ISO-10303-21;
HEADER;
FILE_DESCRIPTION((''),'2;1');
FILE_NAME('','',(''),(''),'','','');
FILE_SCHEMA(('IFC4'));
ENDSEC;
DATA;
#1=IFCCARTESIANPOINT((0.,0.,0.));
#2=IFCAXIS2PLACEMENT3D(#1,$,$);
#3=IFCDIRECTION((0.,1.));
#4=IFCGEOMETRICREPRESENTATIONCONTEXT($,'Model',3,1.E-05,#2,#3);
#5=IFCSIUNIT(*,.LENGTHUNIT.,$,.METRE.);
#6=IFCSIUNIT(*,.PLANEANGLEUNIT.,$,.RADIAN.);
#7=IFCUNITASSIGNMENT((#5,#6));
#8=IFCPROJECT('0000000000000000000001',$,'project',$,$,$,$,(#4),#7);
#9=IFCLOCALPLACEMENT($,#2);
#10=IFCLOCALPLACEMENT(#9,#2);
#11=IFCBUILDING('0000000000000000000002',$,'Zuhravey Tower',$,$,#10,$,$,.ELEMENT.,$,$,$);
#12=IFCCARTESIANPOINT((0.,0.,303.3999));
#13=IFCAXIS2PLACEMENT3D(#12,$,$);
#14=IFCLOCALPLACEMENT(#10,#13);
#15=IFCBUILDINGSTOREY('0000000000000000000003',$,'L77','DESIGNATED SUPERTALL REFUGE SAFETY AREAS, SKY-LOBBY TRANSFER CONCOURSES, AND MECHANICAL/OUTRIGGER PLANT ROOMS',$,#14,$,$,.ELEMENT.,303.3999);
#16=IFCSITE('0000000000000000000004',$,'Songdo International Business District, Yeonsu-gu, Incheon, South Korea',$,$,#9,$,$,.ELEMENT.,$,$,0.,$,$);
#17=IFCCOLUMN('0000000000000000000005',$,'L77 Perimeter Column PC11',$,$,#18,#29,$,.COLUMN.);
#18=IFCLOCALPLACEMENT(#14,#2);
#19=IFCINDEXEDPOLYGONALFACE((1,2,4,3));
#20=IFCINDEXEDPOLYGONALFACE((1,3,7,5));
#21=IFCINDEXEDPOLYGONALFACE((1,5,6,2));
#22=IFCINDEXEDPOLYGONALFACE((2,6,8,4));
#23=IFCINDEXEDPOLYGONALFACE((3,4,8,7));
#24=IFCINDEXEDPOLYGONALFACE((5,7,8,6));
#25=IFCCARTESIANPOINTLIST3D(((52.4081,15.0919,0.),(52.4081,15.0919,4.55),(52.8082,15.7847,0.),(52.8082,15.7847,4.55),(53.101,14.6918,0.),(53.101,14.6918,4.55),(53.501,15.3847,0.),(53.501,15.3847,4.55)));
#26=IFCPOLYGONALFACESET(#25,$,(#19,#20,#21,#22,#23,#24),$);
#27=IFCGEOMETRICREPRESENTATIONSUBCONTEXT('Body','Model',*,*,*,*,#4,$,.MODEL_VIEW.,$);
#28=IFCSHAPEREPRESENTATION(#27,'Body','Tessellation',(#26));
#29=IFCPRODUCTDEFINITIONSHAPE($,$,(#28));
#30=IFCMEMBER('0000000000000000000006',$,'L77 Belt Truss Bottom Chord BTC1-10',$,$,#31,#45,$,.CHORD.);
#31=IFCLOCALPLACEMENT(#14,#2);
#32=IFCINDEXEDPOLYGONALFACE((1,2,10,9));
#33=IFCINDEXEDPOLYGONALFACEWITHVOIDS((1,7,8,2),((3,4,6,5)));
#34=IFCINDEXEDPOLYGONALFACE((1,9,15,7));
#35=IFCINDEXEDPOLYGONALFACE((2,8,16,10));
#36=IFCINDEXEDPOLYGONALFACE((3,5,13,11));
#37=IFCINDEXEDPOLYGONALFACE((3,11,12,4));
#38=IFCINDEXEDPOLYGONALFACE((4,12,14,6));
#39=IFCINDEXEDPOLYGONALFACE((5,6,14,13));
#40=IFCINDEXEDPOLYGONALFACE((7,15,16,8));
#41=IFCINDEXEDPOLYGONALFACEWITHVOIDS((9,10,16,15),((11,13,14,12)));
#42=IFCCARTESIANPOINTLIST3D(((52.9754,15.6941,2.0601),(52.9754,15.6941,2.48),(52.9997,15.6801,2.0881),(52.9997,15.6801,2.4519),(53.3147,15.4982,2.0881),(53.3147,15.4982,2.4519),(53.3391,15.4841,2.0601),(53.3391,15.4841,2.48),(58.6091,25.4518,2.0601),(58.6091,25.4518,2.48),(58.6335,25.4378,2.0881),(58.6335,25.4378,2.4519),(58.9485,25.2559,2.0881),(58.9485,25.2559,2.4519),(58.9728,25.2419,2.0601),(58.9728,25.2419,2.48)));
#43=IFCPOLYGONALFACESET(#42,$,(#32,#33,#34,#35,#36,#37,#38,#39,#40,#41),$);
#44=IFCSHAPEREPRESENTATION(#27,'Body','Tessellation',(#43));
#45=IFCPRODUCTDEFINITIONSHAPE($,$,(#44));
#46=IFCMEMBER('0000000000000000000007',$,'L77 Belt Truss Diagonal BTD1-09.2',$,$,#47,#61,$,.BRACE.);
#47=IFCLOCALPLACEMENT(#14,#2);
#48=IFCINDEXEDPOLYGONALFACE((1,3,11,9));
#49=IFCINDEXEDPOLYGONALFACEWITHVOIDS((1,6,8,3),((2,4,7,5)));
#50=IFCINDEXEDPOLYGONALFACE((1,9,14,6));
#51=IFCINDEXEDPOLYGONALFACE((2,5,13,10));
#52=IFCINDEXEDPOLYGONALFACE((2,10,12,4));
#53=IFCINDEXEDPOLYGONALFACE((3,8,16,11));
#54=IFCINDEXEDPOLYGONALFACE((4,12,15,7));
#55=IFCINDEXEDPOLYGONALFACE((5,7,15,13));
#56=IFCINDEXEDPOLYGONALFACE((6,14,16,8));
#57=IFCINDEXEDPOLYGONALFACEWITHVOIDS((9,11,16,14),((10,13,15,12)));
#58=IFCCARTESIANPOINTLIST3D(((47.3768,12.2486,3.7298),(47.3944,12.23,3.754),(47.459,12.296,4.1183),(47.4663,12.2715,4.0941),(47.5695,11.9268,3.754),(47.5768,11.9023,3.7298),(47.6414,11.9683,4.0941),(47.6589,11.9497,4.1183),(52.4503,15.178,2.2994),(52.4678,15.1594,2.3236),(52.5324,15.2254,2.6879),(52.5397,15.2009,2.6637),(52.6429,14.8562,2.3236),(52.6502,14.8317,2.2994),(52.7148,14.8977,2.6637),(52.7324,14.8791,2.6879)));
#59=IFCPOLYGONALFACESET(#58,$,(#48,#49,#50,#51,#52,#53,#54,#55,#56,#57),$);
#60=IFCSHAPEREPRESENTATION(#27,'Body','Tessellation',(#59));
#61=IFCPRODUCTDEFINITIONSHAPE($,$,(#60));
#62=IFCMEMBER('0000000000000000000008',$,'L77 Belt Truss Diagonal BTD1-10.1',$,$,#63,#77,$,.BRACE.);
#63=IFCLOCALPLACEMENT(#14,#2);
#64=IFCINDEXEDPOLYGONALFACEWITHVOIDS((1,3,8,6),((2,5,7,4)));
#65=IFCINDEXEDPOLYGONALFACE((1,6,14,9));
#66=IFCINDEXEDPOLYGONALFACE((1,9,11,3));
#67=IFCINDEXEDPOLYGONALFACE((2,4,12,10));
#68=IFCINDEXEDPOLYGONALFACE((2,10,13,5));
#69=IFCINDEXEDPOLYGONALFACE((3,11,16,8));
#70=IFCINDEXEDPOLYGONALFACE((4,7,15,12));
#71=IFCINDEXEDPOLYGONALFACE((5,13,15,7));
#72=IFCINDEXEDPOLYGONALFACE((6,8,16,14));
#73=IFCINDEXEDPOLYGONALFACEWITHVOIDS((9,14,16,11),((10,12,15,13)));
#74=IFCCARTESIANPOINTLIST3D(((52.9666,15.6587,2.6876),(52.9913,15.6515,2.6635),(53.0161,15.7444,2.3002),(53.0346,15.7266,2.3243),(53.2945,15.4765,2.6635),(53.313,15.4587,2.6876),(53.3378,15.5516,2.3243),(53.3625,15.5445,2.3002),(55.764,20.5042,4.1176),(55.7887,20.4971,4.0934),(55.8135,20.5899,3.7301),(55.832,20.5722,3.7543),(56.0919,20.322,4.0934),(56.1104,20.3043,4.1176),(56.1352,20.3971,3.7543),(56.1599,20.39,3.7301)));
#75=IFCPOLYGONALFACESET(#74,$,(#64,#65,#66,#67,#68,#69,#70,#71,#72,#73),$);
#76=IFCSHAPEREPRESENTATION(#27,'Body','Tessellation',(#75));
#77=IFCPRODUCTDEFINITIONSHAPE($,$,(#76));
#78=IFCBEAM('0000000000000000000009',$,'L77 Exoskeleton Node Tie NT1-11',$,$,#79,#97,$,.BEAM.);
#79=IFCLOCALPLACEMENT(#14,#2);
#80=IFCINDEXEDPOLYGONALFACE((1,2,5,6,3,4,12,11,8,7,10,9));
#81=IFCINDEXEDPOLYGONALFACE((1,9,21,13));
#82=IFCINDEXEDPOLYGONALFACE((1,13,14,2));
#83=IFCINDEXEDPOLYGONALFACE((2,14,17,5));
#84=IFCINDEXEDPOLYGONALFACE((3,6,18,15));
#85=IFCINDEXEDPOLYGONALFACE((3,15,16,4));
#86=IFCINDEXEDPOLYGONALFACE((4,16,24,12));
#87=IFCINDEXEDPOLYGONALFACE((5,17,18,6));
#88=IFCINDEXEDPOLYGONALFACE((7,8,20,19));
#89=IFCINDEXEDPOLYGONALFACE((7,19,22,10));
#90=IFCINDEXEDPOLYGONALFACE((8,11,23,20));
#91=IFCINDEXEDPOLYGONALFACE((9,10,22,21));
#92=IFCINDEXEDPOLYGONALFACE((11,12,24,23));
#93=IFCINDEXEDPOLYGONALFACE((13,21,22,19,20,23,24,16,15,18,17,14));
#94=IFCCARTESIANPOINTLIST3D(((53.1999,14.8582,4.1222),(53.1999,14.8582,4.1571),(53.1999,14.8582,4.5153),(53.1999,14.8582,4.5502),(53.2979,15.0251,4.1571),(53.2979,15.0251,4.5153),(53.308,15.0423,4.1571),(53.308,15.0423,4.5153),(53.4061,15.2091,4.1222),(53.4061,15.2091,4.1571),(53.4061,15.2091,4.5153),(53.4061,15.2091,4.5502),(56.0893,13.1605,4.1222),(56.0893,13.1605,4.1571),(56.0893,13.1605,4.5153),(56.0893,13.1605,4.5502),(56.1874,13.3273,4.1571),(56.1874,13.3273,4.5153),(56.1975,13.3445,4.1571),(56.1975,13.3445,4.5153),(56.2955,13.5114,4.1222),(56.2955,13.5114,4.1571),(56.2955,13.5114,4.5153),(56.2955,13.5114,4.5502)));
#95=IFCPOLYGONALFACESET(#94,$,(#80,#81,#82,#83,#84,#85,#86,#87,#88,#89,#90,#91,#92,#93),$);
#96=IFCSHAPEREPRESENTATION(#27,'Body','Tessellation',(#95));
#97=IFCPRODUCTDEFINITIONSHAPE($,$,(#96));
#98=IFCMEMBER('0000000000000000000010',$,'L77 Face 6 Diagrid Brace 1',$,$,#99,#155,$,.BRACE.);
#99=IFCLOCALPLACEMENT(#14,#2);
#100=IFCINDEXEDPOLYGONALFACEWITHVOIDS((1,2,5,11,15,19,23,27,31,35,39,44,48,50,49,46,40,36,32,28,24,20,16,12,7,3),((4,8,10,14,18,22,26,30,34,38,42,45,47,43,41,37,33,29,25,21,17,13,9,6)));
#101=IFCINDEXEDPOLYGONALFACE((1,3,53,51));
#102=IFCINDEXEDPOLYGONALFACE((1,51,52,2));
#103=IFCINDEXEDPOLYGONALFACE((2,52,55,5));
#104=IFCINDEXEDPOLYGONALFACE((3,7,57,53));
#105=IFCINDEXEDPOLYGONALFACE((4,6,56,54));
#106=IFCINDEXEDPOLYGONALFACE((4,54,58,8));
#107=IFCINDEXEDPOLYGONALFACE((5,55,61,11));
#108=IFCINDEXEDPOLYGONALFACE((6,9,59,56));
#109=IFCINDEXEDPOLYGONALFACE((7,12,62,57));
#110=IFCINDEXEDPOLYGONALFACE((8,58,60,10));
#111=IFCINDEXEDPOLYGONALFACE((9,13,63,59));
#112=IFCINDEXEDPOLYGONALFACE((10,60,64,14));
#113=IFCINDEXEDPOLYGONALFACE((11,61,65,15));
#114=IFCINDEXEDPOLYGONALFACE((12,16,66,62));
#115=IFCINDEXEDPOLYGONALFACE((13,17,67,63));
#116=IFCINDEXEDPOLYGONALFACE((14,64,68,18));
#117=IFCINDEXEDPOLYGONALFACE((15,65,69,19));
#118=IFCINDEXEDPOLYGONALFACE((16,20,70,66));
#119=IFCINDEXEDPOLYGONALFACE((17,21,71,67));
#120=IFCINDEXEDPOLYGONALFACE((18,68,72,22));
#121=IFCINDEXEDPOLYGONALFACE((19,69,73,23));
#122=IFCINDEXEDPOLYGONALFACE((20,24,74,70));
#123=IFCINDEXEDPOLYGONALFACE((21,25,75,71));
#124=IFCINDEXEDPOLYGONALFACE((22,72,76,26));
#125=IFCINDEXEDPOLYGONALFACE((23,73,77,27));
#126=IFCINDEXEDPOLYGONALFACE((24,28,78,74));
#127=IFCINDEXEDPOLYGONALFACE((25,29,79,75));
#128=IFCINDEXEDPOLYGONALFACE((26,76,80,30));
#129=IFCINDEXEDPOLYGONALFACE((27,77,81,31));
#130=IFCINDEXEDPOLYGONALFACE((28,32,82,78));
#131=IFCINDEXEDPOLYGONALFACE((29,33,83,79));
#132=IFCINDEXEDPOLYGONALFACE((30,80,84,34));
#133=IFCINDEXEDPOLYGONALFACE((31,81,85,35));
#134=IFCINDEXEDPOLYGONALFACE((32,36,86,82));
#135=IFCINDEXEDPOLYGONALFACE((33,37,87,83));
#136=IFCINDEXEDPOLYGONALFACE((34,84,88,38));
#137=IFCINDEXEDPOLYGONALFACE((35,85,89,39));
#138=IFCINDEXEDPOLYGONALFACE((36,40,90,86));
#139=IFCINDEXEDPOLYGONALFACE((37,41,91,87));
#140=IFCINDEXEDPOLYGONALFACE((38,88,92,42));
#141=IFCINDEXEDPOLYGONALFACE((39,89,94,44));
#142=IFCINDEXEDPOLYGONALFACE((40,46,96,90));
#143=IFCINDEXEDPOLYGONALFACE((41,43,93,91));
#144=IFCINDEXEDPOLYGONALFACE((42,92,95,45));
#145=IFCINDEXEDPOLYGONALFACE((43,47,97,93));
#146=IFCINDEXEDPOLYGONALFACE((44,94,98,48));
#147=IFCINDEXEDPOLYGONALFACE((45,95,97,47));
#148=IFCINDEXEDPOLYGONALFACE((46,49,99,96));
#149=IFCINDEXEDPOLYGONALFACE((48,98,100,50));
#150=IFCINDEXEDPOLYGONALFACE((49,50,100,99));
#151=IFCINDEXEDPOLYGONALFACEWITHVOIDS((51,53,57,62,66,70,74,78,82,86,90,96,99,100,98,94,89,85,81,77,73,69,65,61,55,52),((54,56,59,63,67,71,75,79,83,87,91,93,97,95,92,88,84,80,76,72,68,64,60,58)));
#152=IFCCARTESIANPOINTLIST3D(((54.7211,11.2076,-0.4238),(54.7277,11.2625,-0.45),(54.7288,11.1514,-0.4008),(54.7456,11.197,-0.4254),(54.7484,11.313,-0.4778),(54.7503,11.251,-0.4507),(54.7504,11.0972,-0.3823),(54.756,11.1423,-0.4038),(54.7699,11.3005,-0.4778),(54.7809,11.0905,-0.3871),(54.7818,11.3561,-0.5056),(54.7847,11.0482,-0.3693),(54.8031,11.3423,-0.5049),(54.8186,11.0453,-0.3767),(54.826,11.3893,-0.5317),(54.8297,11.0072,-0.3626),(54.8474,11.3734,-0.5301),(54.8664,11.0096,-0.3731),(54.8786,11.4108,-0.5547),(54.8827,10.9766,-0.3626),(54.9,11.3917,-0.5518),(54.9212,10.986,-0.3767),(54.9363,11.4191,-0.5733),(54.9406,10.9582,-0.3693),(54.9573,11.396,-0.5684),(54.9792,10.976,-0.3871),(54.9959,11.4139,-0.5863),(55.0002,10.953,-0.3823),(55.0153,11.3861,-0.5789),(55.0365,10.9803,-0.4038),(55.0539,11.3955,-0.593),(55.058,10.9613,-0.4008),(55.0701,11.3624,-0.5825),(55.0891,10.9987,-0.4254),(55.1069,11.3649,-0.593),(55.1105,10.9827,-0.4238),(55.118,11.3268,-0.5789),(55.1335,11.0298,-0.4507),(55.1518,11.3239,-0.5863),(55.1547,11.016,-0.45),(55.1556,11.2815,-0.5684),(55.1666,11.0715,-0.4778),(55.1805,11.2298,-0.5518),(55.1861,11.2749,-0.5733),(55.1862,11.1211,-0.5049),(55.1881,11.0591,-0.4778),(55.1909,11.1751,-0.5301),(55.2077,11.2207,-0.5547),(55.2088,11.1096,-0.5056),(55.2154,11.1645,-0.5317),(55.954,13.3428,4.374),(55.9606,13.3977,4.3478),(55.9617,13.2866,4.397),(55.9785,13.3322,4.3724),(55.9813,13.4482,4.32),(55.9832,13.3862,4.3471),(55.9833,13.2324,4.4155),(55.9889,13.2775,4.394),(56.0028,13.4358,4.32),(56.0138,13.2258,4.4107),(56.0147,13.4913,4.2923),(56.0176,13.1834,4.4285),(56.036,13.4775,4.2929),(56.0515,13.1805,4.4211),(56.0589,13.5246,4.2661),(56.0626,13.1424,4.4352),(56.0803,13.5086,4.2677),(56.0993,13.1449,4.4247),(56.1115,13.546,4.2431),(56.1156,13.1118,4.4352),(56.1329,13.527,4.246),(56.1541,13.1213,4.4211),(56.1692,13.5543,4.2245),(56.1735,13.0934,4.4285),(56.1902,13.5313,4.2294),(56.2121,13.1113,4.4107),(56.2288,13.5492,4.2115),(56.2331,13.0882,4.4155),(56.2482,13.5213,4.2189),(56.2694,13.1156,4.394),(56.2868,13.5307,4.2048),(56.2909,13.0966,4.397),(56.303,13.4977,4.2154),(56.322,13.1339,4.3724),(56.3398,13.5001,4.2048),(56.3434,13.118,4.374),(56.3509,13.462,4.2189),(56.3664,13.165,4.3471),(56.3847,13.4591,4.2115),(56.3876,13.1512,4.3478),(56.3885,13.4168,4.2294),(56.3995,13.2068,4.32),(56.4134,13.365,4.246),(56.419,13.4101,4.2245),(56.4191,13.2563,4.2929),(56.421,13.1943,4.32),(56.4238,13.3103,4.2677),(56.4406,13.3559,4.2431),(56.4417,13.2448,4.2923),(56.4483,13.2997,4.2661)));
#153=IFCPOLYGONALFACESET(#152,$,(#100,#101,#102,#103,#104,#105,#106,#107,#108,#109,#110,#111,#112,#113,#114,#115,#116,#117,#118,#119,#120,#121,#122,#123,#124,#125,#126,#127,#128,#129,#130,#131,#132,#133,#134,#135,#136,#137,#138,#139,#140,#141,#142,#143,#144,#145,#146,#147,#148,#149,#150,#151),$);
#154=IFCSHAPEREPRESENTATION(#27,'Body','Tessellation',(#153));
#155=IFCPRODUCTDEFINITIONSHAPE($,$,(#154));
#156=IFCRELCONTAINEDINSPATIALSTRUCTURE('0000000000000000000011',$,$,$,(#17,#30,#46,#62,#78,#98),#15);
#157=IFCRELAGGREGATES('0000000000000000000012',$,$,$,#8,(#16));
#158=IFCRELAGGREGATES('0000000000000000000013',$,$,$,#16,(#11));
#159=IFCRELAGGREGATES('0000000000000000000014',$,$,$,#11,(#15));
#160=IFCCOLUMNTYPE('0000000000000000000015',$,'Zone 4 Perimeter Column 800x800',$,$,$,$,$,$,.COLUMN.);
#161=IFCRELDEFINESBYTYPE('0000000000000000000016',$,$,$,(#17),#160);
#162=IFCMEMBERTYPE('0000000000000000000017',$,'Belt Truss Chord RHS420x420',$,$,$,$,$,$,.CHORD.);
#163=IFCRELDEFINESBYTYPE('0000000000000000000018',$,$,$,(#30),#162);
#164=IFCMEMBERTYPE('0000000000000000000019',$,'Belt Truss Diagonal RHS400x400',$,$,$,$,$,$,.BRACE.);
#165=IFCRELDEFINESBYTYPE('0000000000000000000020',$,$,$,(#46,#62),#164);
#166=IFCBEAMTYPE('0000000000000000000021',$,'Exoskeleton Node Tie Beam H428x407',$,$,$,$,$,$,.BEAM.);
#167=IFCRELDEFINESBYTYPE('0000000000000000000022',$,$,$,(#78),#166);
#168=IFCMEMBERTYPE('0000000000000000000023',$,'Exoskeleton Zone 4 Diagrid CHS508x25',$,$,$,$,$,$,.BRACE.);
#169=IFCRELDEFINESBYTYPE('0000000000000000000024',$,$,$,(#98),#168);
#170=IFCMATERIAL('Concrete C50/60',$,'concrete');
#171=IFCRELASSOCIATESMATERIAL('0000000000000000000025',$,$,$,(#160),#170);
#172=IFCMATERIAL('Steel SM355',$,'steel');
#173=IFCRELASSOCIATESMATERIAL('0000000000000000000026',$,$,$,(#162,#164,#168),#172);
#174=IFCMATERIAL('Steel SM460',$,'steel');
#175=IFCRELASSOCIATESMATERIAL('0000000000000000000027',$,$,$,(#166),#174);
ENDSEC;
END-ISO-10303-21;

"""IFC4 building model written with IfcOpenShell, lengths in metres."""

from ifc_helpers import new_model, si_unit, direction, frame, origin, origin_2d, place, context, subcontext, project, spatial, rectangle, hollow_rectangle, hollow_circle, i_section, extrude, material, material_profile, profile_set, type_object, element, save


model = new_model("IFC4")

# Units and contexts
model_context = context("Model", 3, precision=1e-05, world=origin(), true_north=direction((0.0, 1.0)))
body_context = subcontext(model_context, "Body", "Model", "MODEL_VIEW")
ifc_project = project(units=[si_unit("LENGTHUNIT", "METRE"), si_unit("PLANEANGLEUNIT", "RADIAN")], contexts=[model_context])

# Site, building, storey
site_placement = place(None, origin())
site = spatial("IfcSite", under=ifc_project, at=site_placement, Name="Songdo International Business District, Yeonsu-gu, Incheon, South Korea", CompositionType="ELEMENT", RefElevation=0.0)
building_placement = place(site_placement, origin())
building = spatial("IfcBuilding", under=site, at=building_placement, Name="Zuhravey Tower", CompositionType="ELEMENT")
storey_placement = place(building_placement, frame((0.0, 0.0, 303.3999)))
storey = spatial("IfcBuildingStorey", under=building, at=storey_placement, Name="L77", Description="DESIGNATED SUPERTALL REFUGE SAFETY AREAS, SKY-LOBBY TRANSFER CONCOURSES, AND MECHANICAL/OUTRIGGER PLANT ROOMS", CompositionType="ELEMENT", Elevation=303.3999)

# Column
ifc_material_1 = material(Name="Concrete C50/60", Category="concrete")
ifc_material_profile_1 = material_profile(ifc_material_1, rectangle(XDim=0.8, YDim=0.8, at=origin_2d()), Name="RC-800x800")
ifc_profile_set_1 = profile_set([ifc_material_profile_1], Name="Concrete C50/60")
column_type = type_object("IfcColumnType", Name="Zone 4 Perimeter Column 800x800", PredefinedType="COLUMN", material=ifc_profile_set_1)
column_placement = place(storey_placement, frame((52.9546, 15.2383, 0.0), z_axis=(0.0, 0.0, 1.0), x_axis=(0.5, 0.866025, 0.0)))
element("IfcColumn", 1, at=column_placement, inside=storey, type_object=column_type, Name="L77 Perimeter Column PC11", PredefinedType="COLUMN", context=body_context, shape_type="SweptSolid", body=[
    extrude(rectangle(XDim=0.8, YDim=0.8, at=origin_2d()), origin(), (0.0, 0.0, 1.0), 4.55),
])

# Members
ifc_material_2 = material(Name="Steel SM355", Category="steel")
ifc_material_profile_2 = material_profile(ifc_material_2, hollow_rectangle(XDim=0.4199, YDim=0.4199, WallThickness=0.0281, at=origin_2d()), Name="RHS-420x420x28")
ifc_profile_set_2 = profile_set([ifc_material_profile_2], Name="Steel SM355")
member_type_1 = type_object("IfcMemberType", Name="Belt Truss Chord RHS420x420", PredefinedType="CHORD", material=ifc_profile_set_2)
member_1_placement = place(storey_placement, frame((53.1572, 15.5891, 2.27), z_axis=(0.500008, 0.866021, 0.0), x_axis=(-0.866021, 0.500008, 0.0)))
element("IfcMember", 2, at=member_1_placement, inside=storey, type_object=member_type_1, Name="L77 Belt Truss Bottom Chord BTC1-10", PredefinedType="CHORD", context=body_context, shape_type="SweptSolid", body=[
    extrude(hollow_rectangle(XDim=0.4199, YDim=0.4199, WallThickness=0.0281, at=origin_2d()), origin(), (0.0, 0.0, 1.0), 11.2673),
])
ifc_material_profile_3 = material_profile(ifc_material_2, hollow_rectangle(XDim=0.3999, YDim=0.3999, WallThickness=0.0249, at=origin_2d()), Name="RHS-400x400x25")
ifc_profile_set_3 = profile_set([ifc_material_profile_3], Name="Steel SM355")
member_type_2 = type_object("IfcMemberType", Name="Belt Truss Diagonal RHS400x400", PredefinedType="BRACE", material=ifc_profile_set_3)
member_2_placement = place(storey_placement, frame((52.5913, 15.0286, 2.4937), z_axis=(-0.841292, -0.485764, 0.237194), x_axis=(0.500034, -0.866006, 0.0)))
element("IfcMember", 3, at=member_2_placement, inside=storey, type_object=member_type_2, Name="L77 Belt Truss Diagonal BTD1-09.2", PredefinedType="BRACE", context=body_context, shape_type="SweptSolid", body=[
    extrude(hollow_rectangle(XDim=0.3999, YDim=0.3999, WallThickness=0.0249, at=origin_2d()), origin(), (0.0, 0.0, 1.0), 6.0305),
])
member_3_placement = place(storey_placement, frame((53.1646, 15.6016, 2.4939), z_axis=(0.484408, 0.839068, 0.247615), x_axis=(-0.866038, 0.499978, 0.0)))
element("IfcMember", 4, at=member_3_placement, inside=storey, type_object=member_type_2, Name="L77 Belt Truss Diagonal BTD1-10.1", PredefinedType="BRACE", context=body_context, shape_type="SweptSolid", body=[
    extrude(hollow_rectangle(XDim=0.3999, YDim=0.3999, WallThickness=0.0249, at=origin_2d()), origin(), (0.0, 0.0, 1.0), 5.7749),
])

# Beam
ifc_material_3 = material(Name="Steel SM460", Category="steel")
ifc_material_profile_4 = material_profile(ifc_material_3, i_section(OverallWidth=0.407, OverallDepth=0.428, WebThickness=0.02, FlangeThickness=0.0349, at=origin_2d()), Name="H-428x407x20x35")
ifc_profile_set_4 = profile_set([ifc_material_profile_4], Name="Steel SM460")
beam_type_1 = type_object("IfcBeamType", Name="Exoskeleton Node Tie Beam H428x407", PredefinedType="BEAM", material=ifc_profile_set_4)
beam_1_placement = place(storey_placement, frame((53.303, 15.0337, 4.3362), z_axis=(0.862181, -0.5066, 0.0), x_axis=(0.5066, 0.862181, 0.0)))
element("IfcBeam", 5, at=beam_1_placement, inside=storey, type_object=beam_type_1, Name="L77 Exoskeleton Node Tie NT1-11", PredefinedType="BEAM", context=body_context, shape_type="SweptSolid", body=[
    extrude(i_section(OverallWidth=0.407, OverallDepth=0.428, WebThickness=0.02, FlangeThickness=0.0349, at=origin_2d()), origin(), (0.0, 0.0, 1.0), 3.3513),
])

# Member
ifc_material_profile_5 = material_profile(ifc_material_2, hollow_circle(Radius=0.2539, WallThickness=0.0249, at=origin_2d()), Name="CHS-508.0x25")
ifc_profile_set_5 = profile_set([ifc_material_profile_5], Name="Steel SM355")
member_type_3 = type_object("IfcMemberType", Name="Exoskeleton Zone 4 Diagrid CHS508x25", PredefinedType="BRACE", material=ifc_profile_set_5)
member_4_placement = place(storey_placement, frame((54.9683, 11.186, -0.4778), z_axis=(0.228557, 0.395833, 0.889426), x_axis=(-0.866004, 0.500037, 0.0)))
element("IfcMember", 6, at=member_4_placement, inside=storey, type_object=member_type_3, Name="L77 Face 6 Diagrid Brace 1", PredefinedType="BRACE", context=body_context, shape_type="SweptSolid", body=[
    extrude(hollow_circle(Radius=0.2539, WallThickness=0.0249, at=origin_2d()), origin(), (0.0, 0.0, 1.0), 5.3943),
])

save(model, "model.ifc")
